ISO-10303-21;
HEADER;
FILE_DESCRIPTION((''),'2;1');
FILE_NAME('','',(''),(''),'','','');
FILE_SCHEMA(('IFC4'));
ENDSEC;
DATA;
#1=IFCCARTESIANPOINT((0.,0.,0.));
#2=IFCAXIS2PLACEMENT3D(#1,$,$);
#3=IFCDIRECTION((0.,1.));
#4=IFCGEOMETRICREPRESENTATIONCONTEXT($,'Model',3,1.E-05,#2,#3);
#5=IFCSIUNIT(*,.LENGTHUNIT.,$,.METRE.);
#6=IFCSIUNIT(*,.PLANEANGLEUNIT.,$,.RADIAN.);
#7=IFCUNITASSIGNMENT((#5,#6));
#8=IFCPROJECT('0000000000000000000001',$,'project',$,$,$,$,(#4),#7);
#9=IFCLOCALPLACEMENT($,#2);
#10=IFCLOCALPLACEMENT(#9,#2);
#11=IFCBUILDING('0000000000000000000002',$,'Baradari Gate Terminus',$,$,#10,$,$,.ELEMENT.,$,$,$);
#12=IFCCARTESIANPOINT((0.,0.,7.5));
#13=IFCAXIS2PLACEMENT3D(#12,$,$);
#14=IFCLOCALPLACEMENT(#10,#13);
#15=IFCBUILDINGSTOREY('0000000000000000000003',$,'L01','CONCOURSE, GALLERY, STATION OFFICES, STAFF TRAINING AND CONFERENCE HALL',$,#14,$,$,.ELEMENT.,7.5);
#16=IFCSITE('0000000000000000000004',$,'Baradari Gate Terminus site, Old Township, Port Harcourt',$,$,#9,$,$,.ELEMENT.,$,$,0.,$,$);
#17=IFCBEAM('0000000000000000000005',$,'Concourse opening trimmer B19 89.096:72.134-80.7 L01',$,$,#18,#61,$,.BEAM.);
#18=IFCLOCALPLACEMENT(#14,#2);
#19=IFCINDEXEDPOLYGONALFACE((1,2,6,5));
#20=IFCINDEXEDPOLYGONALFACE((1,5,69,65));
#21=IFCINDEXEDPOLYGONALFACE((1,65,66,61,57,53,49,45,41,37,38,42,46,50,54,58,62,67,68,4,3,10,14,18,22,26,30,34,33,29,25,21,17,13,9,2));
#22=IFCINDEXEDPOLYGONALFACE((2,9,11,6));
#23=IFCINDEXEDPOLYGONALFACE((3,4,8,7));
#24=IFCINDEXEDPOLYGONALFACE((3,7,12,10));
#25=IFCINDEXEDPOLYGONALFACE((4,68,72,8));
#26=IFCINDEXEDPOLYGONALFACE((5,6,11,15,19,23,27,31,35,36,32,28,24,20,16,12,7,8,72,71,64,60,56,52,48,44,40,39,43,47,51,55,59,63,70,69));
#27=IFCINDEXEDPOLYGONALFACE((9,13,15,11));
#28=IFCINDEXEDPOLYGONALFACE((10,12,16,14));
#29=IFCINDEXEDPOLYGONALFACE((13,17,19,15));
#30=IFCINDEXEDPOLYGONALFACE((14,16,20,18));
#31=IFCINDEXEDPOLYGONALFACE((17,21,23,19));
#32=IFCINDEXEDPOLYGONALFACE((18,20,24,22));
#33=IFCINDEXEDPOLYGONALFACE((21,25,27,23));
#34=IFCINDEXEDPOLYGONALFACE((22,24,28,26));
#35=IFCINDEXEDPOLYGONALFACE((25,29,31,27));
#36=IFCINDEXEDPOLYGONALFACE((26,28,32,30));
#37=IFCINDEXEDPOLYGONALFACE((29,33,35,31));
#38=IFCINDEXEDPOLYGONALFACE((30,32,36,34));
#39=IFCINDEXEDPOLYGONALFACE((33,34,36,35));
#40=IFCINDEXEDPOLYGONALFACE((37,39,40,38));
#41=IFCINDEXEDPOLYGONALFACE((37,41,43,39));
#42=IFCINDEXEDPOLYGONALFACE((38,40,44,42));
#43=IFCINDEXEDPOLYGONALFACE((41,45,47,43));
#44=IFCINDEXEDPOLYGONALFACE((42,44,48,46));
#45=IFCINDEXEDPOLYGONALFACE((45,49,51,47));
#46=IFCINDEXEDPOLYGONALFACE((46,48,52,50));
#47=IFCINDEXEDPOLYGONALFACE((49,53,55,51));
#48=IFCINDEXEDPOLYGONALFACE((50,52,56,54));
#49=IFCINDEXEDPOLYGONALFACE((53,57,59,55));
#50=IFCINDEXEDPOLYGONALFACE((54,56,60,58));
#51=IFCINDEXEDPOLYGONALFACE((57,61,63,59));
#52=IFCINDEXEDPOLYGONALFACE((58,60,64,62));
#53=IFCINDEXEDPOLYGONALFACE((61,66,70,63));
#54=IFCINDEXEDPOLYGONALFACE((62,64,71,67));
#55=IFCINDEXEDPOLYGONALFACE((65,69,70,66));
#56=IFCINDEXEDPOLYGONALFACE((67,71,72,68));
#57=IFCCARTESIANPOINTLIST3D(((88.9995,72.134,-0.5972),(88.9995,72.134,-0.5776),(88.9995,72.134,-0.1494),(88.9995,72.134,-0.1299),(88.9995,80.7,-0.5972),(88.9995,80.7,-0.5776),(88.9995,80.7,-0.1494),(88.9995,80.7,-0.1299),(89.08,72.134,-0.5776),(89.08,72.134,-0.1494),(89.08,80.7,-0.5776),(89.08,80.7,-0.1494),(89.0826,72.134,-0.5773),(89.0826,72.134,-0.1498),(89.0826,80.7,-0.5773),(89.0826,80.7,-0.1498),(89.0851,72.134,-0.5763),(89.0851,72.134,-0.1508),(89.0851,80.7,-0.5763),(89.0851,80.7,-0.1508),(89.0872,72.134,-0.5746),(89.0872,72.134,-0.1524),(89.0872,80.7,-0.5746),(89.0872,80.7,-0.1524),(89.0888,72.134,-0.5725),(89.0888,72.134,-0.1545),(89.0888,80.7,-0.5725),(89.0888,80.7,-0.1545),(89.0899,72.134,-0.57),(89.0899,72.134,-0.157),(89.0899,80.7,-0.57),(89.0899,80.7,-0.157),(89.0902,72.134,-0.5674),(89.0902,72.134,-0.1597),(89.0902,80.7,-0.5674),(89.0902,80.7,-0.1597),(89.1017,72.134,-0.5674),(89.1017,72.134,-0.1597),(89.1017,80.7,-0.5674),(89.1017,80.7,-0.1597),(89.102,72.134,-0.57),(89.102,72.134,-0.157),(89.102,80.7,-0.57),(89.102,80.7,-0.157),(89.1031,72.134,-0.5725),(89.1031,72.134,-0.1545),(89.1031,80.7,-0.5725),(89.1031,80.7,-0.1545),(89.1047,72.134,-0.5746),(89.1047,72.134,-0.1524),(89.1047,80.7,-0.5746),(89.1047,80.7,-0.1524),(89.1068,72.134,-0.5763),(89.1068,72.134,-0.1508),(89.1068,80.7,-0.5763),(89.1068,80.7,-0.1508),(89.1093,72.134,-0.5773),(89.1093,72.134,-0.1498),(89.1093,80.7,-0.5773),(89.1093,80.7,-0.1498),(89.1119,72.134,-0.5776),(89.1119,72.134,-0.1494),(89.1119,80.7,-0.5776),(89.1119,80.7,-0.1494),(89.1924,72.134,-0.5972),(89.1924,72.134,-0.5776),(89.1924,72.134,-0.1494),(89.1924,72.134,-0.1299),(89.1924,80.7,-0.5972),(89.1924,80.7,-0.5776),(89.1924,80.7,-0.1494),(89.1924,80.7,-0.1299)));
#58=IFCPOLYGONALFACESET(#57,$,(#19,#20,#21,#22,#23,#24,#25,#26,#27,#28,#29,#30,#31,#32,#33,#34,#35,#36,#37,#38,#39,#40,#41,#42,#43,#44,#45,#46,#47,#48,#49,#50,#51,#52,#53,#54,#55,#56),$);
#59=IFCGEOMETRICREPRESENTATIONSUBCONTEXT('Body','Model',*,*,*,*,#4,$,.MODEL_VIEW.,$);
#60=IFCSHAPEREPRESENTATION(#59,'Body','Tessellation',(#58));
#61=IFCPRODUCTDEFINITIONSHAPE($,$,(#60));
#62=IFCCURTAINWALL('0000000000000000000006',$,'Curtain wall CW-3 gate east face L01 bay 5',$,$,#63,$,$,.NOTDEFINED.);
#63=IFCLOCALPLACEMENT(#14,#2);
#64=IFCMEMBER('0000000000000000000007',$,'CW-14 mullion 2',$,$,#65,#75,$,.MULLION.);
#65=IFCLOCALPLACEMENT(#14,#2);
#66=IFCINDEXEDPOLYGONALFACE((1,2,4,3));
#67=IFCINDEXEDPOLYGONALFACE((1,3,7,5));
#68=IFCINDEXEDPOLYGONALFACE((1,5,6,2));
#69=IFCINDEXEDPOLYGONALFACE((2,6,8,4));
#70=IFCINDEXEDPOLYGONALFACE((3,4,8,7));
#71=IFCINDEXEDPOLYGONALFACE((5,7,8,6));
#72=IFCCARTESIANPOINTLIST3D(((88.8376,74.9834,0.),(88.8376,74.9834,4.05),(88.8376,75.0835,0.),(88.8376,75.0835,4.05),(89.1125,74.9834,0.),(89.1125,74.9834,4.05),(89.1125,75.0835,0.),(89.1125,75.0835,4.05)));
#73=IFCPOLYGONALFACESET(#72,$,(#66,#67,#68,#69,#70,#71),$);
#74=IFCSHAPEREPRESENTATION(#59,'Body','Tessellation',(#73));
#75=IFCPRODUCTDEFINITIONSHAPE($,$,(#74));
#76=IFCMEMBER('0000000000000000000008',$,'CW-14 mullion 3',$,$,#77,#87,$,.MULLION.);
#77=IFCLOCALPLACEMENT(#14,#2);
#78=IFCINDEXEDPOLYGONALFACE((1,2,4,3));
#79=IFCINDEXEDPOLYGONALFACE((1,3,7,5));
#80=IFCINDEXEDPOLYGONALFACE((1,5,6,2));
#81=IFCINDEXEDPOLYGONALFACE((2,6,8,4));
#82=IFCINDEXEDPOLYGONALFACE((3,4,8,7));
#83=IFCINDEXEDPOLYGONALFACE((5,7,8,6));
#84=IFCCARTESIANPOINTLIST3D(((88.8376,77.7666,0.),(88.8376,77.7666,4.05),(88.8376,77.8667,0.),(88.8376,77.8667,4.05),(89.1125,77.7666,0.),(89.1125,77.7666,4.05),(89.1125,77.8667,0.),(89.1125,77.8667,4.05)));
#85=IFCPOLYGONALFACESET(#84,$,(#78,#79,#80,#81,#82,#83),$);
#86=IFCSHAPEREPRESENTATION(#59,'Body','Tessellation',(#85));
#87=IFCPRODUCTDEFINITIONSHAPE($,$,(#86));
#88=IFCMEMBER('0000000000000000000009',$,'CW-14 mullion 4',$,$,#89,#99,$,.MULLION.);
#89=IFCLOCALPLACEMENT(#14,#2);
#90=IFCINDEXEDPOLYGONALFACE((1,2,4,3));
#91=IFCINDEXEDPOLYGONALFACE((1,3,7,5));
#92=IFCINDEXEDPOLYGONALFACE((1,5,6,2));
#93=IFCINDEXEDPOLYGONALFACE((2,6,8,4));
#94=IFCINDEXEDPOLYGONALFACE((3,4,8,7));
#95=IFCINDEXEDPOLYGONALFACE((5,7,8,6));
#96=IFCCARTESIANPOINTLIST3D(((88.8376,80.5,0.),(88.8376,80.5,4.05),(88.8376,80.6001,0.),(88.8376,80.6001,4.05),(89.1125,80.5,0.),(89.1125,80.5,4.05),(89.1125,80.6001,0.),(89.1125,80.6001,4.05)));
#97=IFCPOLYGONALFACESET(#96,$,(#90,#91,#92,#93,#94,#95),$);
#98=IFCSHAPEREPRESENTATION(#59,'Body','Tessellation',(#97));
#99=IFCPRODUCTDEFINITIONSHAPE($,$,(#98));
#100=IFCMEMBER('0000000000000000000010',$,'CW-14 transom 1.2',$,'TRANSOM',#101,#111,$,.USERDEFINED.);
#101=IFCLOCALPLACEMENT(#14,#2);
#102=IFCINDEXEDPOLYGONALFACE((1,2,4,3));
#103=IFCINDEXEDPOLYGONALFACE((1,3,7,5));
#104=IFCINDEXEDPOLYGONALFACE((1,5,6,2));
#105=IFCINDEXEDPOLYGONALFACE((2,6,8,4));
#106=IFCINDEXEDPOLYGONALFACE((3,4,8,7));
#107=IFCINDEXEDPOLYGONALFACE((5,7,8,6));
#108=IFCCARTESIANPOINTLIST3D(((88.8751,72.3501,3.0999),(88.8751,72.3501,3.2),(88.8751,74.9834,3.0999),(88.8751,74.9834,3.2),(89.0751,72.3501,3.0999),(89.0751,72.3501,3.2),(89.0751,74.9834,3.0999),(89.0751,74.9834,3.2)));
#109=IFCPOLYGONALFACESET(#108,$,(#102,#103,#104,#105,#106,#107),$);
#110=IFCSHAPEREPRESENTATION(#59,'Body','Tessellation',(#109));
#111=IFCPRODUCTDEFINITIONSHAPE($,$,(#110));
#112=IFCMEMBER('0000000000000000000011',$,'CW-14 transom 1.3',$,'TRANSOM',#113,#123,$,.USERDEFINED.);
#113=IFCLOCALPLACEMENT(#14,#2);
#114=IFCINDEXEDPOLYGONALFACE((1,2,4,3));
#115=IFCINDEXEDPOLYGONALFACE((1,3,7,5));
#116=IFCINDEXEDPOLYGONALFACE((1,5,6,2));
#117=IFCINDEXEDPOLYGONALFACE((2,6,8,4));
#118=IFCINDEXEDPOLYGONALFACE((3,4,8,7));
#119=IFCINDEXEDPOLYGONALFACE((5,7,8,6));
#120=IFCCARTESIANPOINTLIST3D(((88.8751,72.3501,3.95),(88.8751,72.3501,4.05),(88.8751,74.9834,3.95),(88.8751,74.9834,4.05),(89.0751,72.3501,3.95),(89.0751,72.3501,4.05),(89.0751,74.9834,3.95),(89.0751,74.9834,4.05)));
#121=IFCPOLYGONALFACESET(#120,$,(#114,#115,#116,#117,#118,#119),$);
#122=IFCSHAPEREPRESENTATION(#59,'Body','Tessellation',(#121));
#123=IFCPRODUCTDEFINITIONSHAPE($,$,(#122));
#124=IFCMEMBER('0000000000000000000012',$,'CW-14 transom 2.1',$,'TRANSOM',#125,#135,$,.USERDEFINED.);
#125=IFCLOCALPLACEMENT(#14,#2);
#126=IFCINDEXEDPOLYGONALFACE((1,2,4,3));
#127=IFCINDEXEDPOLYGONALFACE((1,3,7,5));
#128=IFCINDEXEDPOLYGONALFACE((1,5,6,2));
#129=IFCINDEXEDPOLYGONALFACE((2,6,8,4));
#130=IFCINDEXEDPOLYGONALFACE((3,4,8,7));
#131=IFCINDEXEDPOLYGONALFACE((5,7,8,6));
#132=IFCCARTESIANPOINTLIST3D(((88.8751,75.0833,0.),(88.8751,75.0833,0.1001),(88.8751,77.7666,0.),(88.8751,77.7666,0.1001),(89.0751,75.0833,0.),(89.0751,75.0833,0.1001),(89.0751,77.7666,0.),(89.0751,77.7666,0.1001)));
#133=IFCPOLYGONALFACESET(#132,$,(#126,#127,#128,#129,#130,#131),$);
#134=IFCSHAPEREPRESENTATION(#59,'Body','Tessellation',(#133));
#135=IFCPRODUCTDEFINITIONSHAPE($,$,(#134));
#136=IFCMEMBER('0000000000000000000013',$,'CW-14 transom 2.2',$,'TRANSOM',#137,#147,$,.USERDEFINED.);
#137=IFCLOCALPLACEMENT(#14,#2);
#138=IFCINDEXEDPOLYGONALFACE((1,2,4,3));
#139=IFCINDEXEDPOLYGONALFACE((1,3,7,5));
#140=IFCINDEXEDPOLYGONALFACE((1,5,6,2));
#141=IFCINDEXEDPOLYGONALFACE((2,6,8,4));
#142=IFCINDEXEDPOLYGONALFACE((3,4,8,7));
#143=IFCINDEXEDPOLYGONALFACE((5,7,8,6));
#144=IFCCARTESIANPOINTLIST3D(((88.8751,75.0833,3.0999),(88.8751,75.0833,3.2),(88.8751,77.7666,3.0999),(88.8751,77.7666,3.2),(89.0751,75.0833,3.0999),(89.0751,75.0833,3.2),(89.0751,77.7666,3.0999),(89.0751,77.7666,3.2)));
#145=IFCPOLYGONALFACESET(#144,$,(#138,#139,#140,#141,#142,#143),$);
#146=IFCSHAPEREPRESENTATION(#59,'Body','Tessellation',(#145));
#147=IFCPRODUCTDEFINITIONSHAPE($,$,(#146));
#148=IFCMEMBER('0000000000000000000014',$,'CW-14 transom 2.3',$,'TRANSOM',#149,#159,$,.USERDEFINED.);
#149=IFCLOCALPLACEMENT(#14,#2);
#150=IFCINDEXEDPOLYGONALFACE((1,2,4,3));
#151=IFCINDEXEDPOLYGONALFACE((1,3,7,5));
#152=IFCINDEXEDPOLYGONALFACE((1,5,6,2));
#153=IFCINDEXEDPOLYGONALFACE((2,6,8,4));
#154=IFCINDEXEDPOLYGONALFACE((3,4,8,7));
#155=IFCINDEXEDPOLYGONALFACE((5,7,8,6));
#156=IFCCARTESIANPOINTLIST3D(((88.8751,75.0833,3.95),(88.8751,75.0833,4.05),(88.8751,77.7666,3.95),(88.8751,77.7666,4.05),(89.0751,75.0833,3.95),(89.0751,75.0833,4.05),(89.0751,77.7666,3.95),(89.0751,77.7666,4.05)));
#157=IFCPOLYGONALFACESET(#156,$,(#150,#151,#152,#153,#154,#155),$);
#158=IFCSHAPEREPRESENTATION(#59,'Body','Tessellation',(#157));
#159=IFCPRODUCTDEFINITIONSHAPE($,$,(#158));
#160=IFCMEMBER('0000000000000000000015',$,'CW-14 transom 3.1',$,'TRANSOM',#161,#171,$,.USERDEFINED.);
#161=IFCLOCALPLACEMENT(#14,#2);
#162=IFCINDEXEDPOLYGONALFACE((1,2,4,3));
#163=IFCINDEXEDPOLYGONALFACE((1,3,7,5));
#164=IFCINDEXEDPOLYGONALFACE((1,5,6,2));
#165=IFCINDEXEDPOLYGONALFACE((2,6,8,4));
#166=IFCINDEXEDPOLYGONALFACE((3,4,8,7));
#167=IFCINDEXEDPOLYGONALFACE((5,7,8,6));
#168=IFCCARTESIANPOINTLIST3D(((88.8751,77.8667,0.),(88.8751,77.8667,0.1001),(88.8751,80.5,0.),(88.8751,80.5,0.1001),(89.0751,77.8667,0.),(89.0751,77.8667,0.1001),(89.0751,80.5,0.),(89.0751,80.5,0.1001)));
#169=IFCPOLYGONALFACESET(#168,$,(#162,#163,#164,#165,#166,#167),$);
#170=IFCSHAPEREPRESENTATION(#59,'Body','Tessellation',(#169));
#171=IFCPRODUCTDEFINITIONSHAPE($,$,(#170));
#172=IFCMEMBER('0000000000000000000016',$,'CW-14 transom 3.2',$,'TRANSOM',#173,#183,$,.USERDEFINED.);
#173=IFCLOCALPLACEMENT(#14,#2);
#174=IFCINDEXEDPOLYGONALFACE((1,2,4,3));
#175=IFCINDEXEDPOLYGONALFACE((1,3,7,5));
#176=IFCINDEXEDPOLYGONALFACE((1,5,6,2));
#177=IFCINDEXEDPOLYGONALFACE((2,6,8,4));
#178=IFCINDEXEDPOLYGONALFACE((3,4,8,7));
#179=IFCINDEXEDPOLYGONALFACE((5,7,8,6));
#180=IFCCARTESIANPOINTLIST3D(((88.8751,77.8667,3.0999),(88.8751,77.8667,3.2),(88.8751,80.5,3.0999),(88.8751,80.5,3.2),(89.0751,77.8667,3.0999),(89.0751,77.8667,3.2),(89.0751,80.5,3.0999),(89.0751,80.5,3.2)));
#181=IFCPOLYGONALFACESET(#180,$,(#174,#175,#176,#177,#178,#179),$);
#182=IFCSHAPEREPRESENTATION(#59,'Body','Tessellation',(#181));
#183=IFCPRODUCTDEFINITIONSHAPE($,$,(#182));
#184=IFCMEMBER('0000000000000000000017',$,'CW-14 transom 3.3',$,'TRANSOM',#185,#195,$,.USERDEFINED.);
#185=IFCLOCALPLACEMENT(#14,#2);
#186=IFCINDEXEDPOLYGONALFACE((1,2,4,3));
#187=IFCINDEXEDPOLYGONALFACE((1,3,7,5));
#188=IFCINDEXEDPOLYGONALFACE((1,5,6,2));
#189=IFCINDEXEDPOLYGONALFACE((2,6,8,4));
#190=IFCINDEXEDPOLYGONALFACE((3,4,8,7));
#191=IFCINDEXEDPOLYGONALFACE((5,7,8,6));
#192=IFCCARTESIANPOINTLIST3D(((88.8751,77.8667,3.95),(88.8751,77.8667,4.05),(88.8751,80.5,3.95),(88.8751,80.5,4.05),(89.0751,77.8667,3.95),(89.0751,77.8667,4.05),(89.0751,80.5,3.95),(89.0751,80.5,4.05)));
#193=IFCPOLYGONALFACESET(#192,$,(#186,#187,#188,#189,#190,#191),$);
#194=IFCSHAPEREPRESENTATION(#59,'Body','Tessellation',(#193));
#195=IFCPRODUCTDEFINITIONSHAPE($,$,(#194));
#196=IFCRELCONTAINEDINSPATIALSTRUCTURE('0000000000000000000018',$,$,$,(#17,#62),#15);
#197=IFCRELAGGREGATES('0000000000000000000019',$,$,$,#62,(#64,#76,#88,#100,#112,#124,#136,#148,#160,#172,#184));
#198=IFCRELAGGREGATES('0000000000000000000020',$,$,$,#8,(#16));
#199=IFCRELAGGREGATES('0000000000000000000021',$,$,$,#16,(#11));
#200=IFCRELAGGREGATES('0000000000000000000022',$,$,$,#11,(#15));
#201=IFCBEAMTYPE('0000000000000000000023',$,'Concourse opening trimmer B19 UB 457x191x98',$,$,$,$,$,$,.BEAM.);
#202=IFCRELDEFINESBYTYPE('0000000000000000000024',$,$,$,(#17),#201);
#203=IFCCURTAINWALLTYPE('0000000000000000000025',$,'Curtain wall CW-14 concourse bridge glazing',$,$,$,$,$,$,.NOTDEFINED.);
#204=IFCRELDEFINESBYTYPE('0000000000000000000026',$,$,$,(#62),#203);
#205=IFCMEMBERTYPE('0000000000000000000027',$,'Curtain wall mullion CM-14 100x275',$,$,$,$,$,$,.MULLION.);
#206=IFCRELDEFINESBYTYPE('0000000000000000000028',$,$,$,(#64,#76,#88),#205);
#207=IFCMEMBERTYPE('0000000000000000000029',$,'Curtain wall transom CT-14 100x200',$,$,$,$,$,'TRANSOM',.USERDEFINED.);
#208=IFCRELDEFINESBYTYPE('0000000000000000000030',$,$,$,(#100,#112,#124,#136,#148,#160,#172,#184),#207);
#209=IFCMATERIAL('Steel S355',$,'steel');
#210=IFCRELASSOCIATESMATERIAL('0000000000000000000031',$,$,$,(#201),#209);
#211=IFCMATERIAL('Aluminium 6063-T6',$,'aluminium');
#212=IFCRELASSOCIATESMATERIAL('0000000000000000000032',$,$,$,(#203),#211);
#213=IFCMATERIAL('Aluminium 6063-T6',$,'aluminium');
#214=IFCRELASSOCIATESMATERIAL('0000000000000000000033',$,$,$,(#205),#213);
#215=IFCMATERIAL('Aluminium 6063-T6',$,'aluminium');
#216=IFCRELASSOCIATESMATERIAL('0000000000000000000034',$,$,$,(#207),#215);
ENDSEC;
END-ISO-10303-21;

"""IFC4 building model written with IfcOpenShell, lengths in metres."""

from ifc_helpers import new_model, si_unit, direction, frame, origin, origin_2d, place, context, subcontext, project, spatial, rectangle, i_section, extrude, material, material_profile, profile_set, type_object, element, aggregate, save


model = new_model("IFC4")

# Units and contexts
model_context = context("Model", 3, precision=1e-05, world=origin(), true_north=direction((0.0, 1.0)))
body_context = subcontext(model_context, "Body", "Model", "MODEL_VIEW")
ifc_project = project(units=[si_unit("LENGTHUNIT", "METRE"), si_unit("PLANEANGLEUNIT", "RADIAN")], contexts=[model_context])

# Site, building, storey
site_placement = place(None, origin())
site = spatial("IfcSite", under=ifc_project, at=site_placement, Name="Baradari Gate Terminus site, Old Township, Port Harcourt", CompositionType="ELEMENT", RefElevation=0.0)
building_placement = place(site_placement, origin())
building = spatial("IfcBuilding", under=site, at=building_placement, Name="Baradari Gate Terminus", CompositionType="ELEMENT")
storey_placement = place(building_placement, frame((0.0, 0.0, 7.5)))
storey = spatial("IfcBuildingStorey", under=building, at=storey_placement, Name="L01", Description="CONCOURSE, GALLERY, STATION OFFICES, STAFF TRAINING AND CONFERENCE HALL", CompositionType="ELEMENT", Elevation=7.5)

# Beam
ifc_material_1 = material(Name="Steel S355", Category="steel")
ifc_material_profile_1 = material_profile(ifc_material_1, i_section(OverallWidth=0.1929, OverallDepth=0.4673, WebThickness=0.0115, FlangeThickness=0.0195, FilletRadius=0.0103, at=origin_2d()), Name="UB 457x191x98")
ifc_profile_set_1 = profile_set([ifc_material_profile_1], Name="Steel S355")
beam_type = type_object("IfcBeamType", Name="Concourse opening trimmer B19 UB 457x191x98", PredefinedType="BEAM", material=ifc_profile_set_1)
beam_placement = place(storey_placement, frame((89.0959, 72.134, -0.3635), z_axis=(0.0, 1.0, 0.0), x_axis=(-1.0, 0.0, 0.0)))
element("IfcBeam", 1, at=beam_placement, inside=storey, type_object=beam_type, Name="Concourse opening trimmer B19 89.096:72.134-80.7 L01", PredefinedType="BEAM", context=body_context, shape_type="SweptSolid", body=[
    extrude(i_section(OverallWidth=0.1929, OverallDepth=0.4673, WebThickness=0.0115, FlangeThickness=0.0195, FilletRadius=0.0103, at=origin_2d()), origin(), (0.0, 0.0, 1.0), 8.5659),
])

# Curtain wall, members
ifc_material_2 = material(Name="Aluminium 6063-T6", Category="aluminium")
curtain_wall_type = type_object("IfcCurtainWallType", Name="Curtain wall CW-14 concourse bridge glazing", PredefinedType="NOTDEFINED", material=ifc_material_2)
curtain_wall_placement = place(storey_placement, origin())
curtain_wall = element("IfcCurtainWall", 2, at=curtain_wall_placement, inside=storey, type_object=curtain_wall_type, Name="Curtain wall CW-3 gate east face L01 bay 5", PredefinedType="NOTDEFINED")
ifc_material_3 = material(Name="Aluminium 6063-T6", Category="aluminium")
ifc_material_profile_2 = material_profile(ifc_material_3, rectangle(XDim=0.2749, YDim=0.1001, at=origin_2d()), Name="CM-14 100X275")
ifc_profile_set_2 = profile_set([ifc_material_profile_2], Name="Aluminium 6063-T6")
member_type_1 = type_object("IfcMemberType", Name="Curtain wall mullion CM-14 100x275", PredefinedType="MULLION", material=ifc_profile_set_2)
member_1_placement = place(storey_placement, frame((88.9751, 75.0334, 0.0), z_axis=(0.0, 0.0, 1.0), x_axis=(-1.0, 0.0, 0.0)))
member_1 = element("IfcMember", 3, at=member_1_placement, type_object=member_type_1, Name="CW-14 mullion 2", PredefinedType="MULLION", context=body_context, shape_type="SweptSolid", body=[
    extrude(rectangle(XDim=0.2749, YDim=0.1001, at=origin_2d()), origin(), (0.0, 0.0, 1.0), 4.05),
])
member_2_placement = place(storey_placement, frame((88.9751, 77.8167, 0.0), z_axis=(0.0, 0.0, 1.0), x_axis=(-1.0, 0.0, 0.0)))
member_2 = element("IfcMember", 4, at=member_2_placement, type_object=member_type_1, Name="CW-14 mullion 3", PredefinedType="MULLION", context=body_context, shape_type="SweptSolid", body=[
    extrude(rectangle(XDim=0.2749, YDim=0.1001, at=origin_2d()), origin(), (0.0, 0.0, 1.0), 4.05),
])
member_3_placement = place(storey_placement, frame((88.9751, 80.55, 0.0), z_axis=(0.0, 0.0, 1.0), x_axis=(-1.0, 0.0, 0.0)))
member_3 = element("IfcMember", 5, at=member_3_placement, type_object=member_type_1, Name="CW-14 mullion 4", PredefinedType="MULLION", context=body_context, shape_type="SweptSolid", body=[
    extrude(rectangle(XDim=0.2749, YDim=0.1001, at=origin_2d()), origin(), (0.0, 0.0, 1.0), 4.05),
])
ifc_material_4 = material(Name="Aluminium 6063-T6", Category="aluminium")
ifc_material_profile_3 = material_profile(ifc_material_4, rectangle(XDim=0.2, YDim=0.1001, at=origin_2d()), Name="CT-14 100X200")
ifc_profile_set_3 = profile_set([ifc_material_profile_3], Name="Aluminium 6063-T6")
member_type_2 = type_object("IfcMemberType", Name="Curtain wall transom CT-14 100x200", ElementType="TRANSOM", PredefinedType="USERDEFINED", material=ifc_profile_set_3)
member_4_placement = place(storey_placement, frame((88.9751, 72.3501, 3.1499), z_axis=(0.0, 1.0, 0.0), x_axis=(-1.0, 0.0, 0.0)))
member_4 = element("IfcMember", 6, at=member_4_placement, type_object=member_type_2, Name="CW-14 transom 1.2", ObjectType="TRANSOM", PredefinedType="USERDEFINED", context=body_context, shape_type="SweptSolid", body=[
    extrude(rectangle(XDim=0.2, YDim=0.1001, at=origin_2d()), origin(), (0.0, 0.0, 1.0), 2.6333),
])
member_5_placement = place(storey_placement, frame((88.9751, 72.3501, 4.0), z_axis=(0.0, 1.0, 0.0), x_axis=(-1.0, 0.0, 0.0)))
member_5 = element("IfcMember", 7, at=member_5_placement, type_object=member_type_2, Name="CW-14 transom 1.3", ObjectType="TRANSOM", PredefinedType="USERDEFINED", context=body_context, shape_type="SweptSolid", body=[
    extrude(rectangle(XDim=0.2, YDim=0.1001, at=origin_2d()), origin(), (0.0, 0.0, 1.0), 2.6333),
])
member_6_placement = place(storey_placement, frame((88.9751, 75.0833, 0.05), z_axis=(0.0, 1.0, 0.0), x_axis=(-1.0, 0.0, 0.0)))
member_6 = element("IfcMember", 8, at=member_6_placement, type_object=member_type_2, Name="CW-14 transom 2.1", ObjectType="TRANSOM", PredefinedType="USERDEFINED", context=body_context, shape_type="SweptSolid", body=[
    extrude(rectangle(XDim=0.2, YDim=0.1001, at=origin_2d()), origin(), (0.0, 0.0, 1.0), 2.6833),
])
member_7_placement = place(storey_placement, frame((88.9751, 75.0833, 3.1499), z_axis=(0.0, 1.0, 0.0), x_axis=(-1.0, 0.0, 0.0)))
member_7 = element("IfcMember", 9, at=member_7_placement, type_object=member_type_2, Name="CW-14 transom 2.2", ObjectType="TRANSOM", PredefinedType="USERDEFINED", context=body_context, shape_type="SweptSolid", body=[
    extrude(rectangle(XDim=0.2, YDim=0.1001, at=origin_2d()), origin(), (0.0, 0.0, 1.0), 2.6833),
])
member_8_placement = place(storey_placement, frame((88.9751, 75.0833, 4.0), z_axis=(0.0, 1.0, 0.0), x_axis=(-1.0, 0.0, 0.0)))
member_8 = element("IfcMember", 10, at=member_8_placement, type_object=member_type_2, Name="CW-14 transom 2.3", ObjectType="TRANSOM", PredefinedType="USERDEFINED", context=body_context, shape_type="SweptSolid", body=[
    extrude(rectangle(XDim=0.2, YDim=0.1001, at=origin_2d()), origin(), (0.0, 0.0, 1.0), 2.6833),
])
member_9_placement = place(storey_placement, frame((88.9751, 77.8667, 0.05), z_axis=(0.0, 1.0, 0.0), x_axis=(-1.0, 0.0, 0.0)))
member_9 = element("IfcMember", 11, at=member_9_placement, type_object=member_type_2, Name="CW-14 transom 3.1", ObjectType="TRANSOM", PredefinedType="USERDEFINED", context=body_context, shape_type="SweptSolid", body=[
    extrude(rectangle(XDim=0.2, YDim=0.1001, at=origin_2d()), origin(), (0.0, 0.0, 1.0), 2.6333),
])
member_10_placement = place(storey_placement, frame((88.9751, 77.8667, 3.1499), z_axis=(0.0, 1.0, 0.0), x_axis=(-1.0, 0.0, 0.0)))
member_10 = element("IfcMember", 12, at=member_10_placement, type_object=member_type_2, Name="CW-14 transom 3.2", ObjectType="TRANSOM", PredefinedType="USERDEFINED", context=body_context, shape_type="SweptSolid", body=[
    extrude(rectangle(XDim=0.2, YDim=0.1001, at=origin_2d()), origin(), (0.0, 0.0, 1.0), 2.6333),
])
member_11_placement = place(storey_placement, frame((88.9751, 77.8667, 4.0), z_axis=(0.0, 1.0, 0.0), x_axis=(-1.0, 0.0, 0.0)))
member_11 = element("IfcMember", 13, at=member_11_placement, type_object=member_type_2, Name="CW-14 transom 3.3", ObjectType="TRANSOM", PredefinedType="USERDEFINED", context=body_context, shape_type="SweptSolid", body=[
    extrude(rectangle(XDim=0.2, YDim=0.1001, at=origin_2d()), origin(), (0.0, 0.0, 1.0), 2.6333),
])
aggregate(curtain_wall, [member_1, member_2, member_3, member_4, member_5, member_6, member_7, member_8, member_9, member_10, member_11])

save(model, "model.ifc")
